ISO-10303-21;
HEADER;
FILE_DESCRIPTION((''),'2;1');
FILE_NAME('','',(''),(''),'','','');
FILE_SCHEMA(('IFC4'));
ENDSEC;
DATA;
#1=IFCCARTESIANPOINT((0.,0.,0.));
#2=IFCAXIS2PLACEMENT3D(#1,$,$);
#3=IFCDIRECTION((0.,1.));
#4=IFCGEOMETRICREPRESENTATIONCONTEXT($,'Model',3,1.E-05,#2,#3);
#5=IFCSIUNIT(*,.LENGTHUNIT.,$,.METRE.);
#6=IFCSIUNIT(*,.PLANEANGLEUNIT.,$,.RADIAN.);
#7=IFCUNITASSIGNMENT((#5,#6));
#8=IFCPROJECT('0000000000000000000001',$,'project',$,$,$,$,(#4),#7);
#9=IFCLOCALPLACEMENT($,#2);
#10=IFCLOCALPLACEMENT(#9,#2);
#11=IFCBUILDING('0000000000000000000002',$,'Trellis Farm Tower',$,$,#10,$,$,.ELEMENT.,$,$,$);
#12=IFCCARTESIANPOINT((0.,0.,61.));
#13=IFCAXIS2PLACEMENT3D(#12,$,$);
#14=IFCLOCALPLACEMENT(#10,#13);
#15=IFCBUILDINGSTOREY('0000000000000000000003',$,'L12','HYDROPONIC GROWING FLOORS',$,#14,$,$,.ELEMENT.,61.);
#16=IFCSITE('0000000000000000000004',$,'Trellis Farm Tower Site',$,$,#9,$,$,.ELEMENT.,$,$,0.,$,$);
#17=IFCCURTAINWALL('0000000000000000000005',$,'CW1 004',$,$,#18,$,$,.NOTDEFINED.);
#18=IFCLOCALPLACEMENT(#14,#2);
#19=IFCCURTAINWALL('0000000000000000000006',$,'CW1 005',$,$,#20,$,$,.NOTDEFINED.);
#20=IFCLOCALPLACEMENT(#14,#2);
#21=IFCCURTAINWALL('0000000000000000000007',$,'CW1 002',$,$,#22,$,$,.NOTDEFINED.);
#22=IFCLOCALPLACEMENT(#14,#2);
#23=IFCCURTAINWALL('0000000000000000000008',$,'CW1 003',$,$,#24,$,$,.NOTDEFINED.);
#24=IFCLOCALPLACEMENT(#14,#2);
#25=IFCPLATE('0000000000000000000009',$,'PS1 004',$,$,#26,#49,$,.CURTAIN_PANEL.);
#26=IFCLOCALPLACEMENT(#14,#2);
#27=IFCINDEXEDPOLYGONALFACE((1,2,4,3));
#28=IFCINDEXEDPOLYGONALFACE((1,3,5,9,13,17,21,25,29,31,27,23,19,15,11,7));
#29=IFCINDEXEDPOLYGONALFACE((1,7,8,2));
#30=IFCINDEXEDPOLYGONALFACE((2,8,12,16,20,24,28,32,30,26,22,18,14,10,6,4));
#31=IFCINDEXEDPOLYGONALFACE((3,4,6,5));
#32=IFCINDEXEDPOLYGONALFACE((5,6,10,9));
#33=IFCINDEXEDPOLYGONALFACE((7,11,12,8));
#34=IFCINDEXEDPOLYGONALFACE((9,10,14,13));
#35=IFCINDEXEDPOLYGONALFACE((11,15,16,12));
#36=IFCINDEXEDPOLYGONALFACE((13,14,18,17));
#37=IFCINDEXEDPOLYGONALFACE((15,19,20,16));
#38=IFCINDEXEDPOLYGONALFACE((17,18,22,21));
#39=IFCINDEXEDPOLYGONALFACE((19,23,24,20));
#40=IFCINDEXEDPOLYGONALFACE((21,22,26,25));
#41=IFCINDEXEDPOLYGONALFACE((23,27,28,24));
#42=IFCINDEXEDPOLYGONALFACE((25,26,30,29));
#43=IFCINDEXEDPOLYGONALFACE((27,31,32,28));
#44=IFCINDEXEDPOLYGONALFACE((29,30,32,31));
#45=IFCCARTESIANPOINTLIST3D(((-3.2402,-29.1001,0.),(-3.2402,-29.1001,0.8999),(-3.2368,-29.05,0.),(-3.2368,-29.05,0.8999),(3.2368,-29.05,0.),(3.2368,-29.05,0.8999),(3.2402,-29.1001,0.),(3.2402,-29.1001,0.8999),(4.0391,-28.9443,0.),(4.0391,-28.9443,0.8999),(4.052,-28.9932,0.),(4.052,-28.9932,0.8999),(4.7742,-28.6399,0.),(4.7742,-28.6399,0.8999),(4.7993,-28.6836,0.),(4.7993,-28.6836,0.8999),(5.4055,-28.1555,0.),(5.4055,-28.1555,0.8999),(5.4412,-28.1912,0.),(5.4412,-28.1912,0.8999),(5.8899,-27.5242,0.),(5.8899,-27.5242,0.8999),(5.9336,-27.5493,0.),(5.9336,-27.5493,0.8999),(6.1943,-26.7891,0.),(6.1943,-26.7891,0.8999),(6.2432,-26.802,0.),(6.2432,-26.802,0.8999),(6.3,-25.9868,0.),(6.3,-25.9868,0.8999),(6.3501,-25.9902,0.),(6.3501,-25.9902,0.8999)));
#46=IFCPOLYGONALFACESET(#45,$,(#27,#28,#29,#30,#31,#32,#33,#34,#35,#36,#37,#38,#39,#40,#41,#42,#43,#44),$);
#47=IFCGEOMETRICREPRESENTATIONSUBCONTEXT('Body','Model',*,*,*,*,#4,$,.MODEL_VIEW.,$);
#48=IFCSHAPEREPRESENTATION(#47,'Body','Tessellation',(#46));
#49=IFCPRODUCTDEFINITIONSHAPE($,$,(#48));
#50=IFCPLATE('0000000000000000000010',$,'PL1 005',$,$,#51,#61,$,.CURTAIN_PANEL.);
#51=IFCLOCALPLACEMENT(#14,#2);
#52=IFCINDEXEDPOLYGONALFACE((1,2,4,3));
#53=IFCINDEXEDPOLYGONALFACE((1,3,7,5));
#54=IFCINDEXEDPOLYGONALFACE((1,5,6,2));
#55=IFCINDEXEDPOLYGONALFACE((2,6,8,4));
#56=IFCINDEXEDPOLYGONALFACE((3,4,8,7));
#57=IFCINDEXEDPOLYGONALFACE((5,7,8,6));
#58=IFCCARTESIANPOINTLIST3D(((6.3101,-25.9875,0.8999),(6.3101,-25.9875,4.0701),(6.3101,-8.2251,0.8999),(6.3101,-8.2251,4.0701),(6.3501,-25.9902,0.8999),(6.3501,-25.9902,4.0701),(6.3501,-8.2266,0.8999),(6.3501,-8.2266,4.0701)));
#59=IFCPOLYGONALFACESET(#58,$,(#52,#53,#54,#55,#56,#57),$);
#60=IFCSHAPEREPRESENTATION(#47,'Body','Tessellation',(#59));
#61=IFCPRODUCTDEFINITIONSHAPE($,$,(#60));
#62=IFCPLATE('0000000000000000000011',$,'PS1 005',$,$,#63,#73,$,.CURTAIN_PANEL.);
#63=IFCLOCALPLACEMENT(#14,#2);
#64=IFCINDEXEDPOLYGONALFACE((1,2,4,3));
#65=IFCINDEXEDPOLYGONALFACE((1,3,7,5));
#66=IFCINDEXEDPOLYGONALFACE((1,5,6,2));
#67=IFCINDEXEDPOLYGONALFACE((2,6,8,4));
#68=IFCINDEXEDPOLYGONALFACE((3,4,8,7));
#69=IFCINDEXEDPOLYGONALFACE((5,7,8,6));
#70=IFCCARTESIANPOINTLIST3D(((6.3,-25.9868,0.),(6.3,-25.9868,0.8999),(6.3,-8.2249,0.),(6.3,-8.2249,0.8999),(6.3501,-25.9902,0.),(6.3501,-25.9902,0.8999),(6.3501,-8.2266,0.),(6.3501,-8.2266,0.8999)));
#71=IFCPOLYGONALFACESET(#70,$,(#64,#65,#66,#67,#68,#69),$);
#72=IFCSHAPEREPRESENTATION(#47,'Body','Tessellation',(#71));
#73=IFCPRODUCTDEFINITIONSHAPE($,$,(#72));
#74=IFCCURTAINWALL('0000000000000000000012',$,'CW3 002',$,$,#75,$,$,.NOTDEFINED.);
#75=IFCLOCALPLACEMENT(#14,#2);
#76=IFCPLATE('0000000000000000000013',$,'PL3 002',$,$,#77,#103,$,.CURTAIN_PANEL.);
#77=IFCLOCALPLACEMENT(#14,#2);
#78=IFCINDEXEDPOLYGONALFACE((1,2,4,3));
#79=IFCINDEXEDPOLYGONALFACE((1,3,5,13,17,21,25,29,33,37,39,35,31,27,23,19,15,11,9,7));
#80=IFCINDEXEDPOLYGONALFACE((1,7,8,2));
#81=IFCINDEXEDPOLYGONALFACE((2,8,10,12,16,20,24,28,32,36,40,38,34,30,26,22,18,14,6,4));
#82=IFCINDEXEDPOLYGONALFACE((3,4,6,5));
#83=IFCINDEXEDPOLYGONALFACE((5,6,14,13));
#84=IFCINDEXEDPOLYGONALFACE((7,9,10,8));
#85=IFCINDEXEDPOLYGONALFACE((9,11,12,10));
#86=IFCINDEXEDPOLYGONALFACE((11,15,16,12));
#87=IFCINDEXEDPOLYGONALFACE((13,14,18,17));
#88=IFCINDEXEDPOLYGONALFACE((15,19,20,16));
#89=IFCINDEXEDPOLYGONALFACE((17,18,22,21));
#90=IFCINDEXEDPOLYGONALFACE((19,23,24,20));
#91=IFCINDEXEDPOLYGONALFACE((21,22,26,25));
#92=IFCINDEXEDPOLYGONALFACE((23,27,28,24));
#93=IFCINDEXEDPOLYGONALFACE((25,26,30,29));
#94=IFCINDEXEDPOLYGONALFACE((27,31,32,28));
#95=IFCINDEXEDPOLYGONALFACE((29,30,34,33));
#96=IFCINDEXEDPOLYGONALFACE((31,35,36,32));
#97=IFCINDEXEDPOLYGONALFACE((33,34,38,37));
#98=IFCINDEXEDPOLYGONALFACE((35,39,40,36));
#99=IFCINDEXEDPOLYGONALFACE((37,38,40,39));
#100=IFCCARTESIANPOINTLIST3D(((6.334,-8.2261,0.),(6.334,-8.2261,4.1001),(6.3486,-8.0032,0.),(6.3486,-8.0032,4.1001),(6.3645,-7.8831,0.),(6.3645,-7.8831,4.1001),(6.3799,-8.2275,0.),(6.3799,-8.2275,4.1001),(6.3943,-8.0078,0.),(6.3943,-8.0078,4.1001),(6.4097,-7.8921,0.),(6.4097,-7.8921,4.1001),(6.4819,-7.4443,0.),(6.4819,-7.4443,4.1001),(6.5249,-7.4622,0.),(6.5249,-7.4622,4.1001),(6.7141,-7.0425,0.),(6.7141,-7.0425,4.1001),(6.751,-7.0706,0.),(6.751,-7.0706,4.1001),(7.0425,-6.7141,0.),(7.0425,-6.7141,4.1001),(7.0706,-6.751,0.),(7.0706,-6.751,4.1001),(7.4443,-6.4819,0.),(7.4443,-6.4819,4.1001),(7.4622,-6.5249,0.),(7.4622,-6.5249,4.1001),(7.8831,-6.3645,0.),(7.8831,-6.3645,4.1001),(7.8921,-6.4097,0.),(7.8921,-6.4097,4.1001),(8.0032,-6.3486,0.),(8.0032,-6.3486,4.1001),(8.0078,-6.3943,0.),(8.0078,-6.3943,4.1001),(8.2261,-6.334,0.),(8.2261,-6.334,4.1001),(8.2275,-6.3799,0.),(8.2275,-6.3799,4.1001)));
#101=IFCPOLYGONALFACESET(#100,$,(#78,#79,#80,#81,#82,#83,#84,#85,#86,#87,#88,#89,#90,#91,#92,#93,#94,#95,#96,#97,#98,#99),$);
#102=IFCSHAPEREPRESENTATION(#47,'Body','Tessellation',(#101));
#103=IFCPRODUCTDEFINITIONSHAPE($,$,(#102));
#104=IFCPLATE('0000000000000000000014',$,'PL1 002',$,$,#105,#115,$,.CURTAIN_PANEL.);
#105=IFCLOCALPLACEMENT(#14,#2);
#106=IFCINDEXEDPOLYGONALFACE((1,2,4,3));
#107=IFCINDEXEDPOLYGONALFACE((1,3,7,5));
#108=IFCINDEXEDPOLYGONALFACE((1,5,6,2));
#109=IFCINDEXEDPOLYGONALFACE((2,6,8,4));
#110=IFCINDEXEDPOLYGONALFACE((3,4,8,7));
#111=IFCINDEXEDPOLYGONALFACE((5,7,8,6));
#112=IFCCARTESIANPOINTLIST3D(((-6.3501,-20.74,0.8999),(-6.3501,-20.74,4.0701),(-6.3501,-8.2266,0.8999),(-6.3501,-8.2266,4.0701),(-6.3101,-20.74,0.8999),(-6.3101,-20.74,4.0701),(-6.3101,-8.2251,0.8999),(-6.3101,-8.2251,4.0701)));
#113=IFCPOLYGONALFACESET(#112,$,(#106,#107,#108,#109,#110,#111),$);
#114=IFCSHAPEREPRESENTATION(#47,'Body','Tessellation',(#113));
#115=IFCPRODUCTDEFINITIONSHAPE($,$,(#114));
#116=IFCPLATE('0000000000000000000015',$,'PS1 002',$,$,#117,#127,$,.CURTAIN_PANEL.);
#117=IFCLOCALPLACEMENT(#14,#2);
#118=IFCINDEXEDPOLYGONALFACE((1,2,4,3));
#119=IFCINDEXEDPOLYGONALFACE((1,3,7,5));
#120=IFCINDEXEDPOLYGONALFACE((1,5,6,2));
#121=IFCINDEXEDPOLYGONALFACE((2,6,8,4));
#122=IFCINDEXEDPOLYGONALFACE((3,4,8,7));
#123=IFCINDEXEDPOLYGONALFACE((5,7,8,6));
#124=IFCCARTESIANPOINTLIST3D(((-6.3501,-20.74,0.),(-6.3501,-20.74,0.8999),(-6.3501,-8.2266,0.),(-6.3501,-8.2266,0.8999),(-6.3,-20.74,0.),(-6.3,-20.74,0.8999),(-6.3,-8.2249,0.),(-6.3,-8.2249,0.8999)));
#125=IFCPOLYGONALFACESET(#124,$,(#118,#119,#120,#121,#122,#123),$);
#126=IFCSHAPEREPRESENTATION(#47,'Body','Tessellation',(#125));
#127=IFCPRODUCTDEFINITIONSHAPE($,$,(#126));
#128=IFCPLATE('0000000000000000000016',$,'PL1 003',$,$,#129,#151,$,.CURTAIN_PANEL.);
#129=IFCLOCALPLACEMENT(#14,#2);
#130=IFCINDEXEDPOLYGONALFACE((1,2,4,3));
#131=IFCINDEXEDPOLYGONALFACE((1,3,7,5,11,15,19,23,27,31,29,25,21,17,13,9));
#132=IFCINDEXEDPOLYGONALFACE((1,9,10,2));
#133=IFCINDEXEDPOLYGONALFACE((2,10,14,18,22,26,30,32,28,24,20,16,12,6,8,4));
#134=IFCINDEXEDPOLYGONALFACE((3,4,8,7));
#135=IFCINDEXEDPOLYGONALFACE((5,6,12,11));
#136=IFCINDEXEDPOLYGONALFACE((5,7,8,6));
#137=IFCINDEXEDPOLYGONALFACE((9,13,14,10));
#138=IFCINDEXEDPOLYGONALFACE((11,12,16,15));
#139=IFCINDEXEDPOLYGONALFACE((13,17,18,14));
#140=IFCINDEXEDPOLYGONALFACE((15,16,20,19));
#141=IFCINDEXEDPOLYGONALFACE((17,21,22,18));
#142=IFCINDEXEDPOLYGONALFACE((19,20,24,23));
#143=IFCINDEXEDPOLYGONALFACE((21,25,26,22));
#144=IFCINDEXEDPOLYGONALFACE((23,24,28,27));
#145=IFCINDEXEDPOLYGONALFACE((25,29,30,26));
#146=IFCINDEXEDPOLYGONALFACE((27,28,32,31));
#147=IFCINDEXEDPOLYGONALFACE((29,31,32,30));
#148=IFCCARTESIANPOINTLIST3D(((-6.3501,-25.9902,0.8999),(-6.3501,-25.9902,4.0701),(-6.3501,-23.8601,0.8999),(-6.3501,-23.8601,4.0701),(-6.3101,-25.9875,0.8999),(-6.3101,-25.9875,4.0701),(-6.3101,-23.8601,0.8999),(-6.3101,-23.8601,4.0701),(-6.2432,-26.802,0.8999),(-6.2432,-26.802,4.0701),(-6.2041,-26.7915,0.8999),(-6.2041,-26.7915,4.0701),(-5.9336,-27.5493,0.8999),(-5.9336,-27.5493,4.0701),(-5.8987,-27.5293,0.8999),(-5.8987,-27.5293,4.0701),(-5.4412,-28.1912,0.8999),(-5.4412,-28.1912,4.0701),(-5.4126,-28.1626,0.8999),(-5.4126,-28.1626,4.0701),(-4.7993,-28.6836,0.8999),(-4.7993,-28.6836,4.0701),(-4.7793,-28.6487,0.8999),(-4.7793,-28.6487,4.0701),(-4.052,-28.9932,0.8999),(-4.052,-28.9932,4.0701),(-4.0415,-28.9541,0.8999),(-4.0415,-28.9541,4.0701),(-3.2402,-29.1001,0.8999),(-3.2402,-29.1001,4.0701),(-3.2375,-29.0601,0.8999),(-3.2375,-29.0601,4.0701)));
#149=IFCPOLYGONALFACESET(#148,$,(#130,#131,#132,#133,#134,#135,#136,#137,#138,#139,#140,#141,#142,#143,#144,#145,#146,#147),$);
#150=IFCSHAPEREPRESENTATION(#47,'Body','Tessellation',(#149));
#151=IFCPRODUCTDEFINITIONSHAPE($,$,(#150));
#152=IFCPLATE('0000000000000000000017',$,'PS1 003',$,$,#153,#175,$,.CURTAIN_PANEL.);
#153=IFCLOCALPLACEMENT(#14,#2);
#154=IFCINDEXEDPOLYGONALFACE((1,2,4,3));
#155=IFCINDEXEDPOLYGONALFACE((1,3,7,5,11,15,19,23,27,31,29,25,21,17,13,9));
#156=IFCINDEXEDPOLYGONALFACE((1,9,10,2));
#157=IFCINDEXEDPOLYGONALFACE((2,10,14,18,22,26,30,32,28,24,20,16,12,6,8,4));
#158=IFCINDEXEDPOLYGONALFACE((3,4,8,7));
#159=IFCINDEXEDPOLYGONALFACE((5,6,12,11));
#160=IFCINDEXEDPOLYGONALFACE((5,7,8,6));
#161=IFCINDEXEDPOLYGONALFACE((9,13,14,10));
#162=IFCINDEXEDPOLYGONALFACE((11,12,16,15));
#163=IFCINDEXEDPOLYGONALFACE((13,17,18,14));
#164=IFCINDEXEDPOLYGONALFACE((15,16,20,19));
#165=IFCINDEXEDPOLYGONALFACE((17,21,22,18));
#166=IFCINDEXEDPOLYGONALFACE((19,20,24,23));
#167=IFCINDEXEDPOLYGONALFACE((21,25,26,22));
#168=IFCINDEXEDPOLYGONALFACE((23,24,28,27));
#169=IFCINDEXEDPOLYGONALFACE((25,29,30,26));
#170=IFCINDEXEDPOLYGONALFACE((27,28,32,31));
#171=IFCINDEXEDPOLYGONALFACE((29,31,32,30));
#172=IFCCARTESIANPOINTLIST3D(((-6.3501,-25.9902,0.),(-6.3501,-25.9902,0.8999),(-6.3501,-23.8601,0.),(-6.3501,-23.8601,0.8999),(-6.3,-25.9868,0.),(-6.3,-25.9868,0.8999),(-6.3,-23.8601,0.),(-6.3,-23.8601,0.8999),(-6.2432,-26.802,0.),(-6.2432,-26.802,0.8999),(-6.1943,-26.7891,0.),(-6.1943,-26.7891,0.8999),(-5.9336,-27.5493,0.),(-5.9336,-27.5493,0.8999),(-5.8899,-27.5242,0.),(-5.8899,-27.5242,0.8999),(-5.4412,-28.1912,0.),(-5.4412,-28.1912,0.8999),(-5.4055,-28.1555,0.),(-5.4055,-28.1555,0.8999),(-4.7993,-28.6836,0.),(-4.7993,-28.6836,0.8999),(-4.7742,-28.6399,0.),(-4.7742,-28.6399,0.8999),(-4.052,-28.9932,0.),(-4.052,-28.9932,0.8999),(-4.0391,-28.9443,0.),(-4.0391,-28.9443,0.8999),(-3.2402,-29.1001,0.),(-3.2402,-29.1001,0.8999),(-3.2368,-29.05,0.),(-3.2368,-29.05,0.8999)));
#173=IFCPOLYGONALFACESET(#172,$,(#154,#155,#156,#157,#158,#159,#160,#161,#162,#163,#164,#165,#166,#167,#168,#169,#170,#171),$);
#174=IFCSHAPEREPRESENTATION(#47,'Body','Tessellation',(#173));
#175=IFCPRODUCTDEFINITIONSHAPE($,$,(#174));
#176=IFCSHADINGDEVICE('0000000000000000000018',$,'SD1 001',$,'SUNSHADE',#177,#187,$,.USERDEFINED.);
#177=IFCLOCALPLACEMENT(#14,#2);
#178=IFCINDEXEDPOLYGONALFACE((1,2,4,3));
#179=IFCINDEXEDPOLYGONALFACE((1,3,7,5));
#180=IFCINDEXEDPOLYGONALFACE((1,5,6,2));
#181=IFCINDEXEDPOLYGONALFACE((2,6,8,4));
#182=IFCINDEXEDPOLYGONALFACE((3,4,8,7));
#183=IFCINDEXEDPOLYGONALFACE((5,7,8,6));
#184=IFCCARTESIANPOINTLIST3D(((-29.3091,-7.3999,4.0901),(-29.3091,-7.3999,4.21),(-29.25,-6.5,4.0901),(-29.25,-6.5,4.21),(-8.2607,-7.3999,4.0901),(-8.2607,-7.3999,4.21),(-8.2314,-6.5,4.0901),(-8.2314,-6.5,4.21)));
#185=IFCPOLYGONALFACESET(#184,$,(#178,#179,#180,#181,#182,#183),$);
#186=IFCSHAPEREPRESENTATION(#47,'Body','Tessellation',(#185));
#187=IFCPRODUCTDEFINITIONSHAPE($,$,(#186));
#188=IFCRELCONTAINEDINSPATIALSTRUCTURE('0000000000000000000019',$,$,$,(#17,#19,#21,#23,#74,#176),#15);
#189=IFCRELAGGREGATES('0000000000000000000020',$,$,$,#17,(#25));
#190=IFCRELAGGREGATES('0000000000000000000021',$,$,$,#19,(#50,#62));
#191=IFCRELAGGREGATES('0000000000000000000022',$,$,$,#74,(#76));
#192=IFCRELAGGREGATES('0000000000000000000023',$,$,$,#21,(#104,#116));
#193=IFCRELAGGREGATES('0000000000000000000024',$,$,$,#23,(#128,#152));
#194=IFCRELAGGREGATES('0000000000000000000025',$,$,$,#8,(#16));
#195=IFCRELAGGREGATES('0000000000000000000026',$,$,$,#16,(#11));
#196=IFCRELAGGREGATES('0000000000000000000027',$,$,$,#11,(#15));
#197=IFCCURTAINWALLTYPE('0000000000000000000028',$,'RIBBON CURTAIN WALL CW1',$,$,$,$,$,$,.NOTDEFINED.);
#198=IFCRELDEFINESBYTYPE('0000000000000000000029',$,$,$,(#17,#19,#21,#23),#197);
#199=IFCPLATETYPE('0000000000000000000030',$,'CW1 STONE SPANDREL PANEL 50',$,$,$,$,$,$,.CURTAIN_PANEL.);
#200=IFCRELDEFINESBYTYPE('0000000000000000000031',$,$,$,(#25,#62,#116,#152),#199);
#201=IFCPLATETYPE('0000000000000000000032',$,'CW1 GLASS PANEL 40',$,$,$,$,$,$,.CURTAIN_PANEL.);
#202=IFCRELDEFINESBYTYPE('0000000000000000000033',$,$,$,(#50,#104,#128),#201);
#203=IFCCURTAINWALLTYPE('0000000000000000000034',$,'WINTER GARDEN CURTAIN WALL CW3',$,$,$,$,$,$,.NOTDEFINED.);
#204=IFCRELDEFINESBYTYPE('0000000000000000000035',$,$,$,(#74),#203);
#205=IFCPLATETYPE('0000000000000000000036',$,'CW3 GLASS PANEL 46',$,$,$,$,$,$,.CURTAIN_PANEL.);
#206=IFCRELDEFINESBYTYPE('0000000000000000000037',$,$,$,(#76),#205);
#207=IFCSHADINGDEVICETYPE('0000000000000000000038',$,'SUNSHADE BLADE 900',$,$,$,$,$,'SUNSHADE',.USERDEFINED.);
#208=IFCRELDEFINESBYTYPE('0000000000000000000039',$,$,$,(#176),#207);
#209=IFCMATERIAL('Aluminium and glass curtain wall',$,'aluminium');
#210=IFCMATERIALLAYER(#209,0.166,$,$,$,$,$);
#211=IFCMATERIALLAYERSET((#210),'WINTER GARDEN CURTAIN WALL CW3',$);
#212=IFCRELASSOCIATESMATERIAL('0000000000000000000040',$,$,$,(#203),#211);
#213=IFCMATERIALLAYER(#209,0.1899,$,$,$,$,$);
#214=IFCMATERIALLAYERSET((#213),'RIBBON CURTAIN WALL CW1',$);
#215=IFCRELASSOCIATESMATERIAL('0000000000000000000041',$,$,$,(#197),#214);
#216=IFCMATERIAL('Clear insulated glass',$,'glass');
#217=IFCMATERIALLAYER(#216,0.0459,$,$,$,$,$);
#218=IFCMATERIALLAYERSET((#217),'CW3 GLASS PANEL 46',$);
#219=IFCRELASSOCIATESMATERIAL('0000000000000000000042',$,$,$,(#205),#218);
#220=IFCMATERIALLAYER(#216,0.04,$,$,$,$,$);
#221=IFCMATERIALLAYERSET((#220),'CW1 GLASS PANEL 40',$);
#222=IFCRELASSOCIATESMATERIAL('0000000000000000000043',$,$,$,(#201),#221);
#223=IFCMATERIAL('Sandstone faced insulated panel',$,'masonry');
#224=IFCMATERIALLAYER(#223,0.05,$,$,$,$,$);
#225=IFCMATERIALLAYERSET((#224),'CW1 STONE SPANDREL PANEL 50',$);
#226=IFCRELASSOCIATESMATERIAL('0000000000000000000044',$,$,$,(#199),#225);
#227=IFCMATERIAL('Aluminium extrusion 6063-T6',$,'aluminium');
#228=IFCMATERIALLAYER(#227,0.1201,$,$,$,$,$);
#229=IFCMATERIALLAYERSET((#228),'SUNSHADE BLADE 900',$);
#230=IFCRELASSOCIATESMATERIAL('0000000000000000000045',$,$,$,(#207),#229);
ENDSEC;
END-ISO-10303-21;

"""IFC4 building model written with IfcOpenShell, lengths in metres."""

from ifc_helpers import new_model, si_unit, direction, frame, origin, place, context, subcontext, project, spatial, polyline, outline, extrude, source, transform, mapped, material, layer, layer_set, type_object, element, aggregate, save


model = new_model("IFC4")

# Units and contexts
model_context = context("Model", 3, precision=1e-05, world=origin(), true_north=direction((0.0, 1.0)))
body_context = subcontext(model_context, "Body", "Model", "MODEL_VIEW")
ifc_project = project(units=[si_unit("LENGTHUNIT", "METRE"), si_unit("PLANEANGLEUNIT", "RADIAN")], contexts=[model_context])

# Site, building, storey
site_placement = place(None, origin())
site = spatial("IfcSite", under=ifc_project, at=site_placement, Name="Trellis Farm Tower Site", CompositionType="ELEMENT", RefElevation=0.0)
building_placement = place(site_placement, origin())
building = spatial("IfcBuilding", under=site, at=building_placement, Name="Trellis Farm Tower", CompositionType="ELEMENT")
storey_placement = place(building_placement, frame((0.0, 0.0, 61.0)))
storey = spatial("IfcBuildingStorey", under=building, at=storey_placement, Name="L12", Description="HYDROPONIC GROWING FLOORS", CompositionType="ELEMENT", Elevation=61.0)

# Curtain walls
ifc_material_1 = material(Name="Aluminium and glass curtain wall", Category="aluminium")
ifc_layer_1 = layer(ifc_material_1, 0.166)
ifc_layer_set_1 = layer_set([ifc_layer_1], Name="WINTER GARDEN CURTAIN WALL CW3")
curtain_wall_type_1 = type_object("IfcCurtainWallType", Name="WINTER GARDEN CURTAIN WALL CW3", PredefinedType="NOTDEFINED", material=ifc_layer_set_1)
placement_1 = place(storey_placement, origin())
ifc_material_2 = material(Name="Aluminium extrusion 6063-T6", Category="aluminium")
ifc_layer_2 = layer(ifc_material_1, 0.1899)
ifc_layer_set_2 = layer_set([ifc_layer_2], Name="RIBBON CURTAIN WALL CW1")
curtain_wall_type_2 = type_object("IfcCurtainWallType", Name="RIBBON CURTAIN WALL CW1", PredefinedType="NOTDEFINED", material=ifc_layer_set_2)
curtain_wall_1 = element("IfcCurtainWall", 1, at=placement_1, inside=storey, type_object=curtain_wall_type_2, Name="CW1 004", PredefinedType="NOTDEFINED")
curtain_wall_2 = element("IfcCurtainWall", 2, at=placement_1, inside=storey, type_object=curtain_wall_type_2, Name="CW1 005", PredefinedType="NOTDEFINED")
curtain_wall_3 = element("IfcCurtainWall", 3, at=placement_1, inside=storey, type_object=curtain_wall_type_2, Name="CW1 002", PredefinedType="NOTDEFINED")
curtain_wall_4 = element("IfcCurtainWall", 4, at=placement_1, inside=storey, type_object=curtain_wall_type_2, Name="CW1 003", PredefinedType="NOTDEFINED")

# Plates
ifc_material_3 = material(Name="Clear insulated glass", Category="glass")
ifc_layer_3 = layer(ifc_material_3, 0.0459)
ifc_layer_set_3 = layer_set([ifc_layer_3], Name="CW3 GLASS PANEL 46")
plate_type_1 = type_object("IfcPlateType", Name="CW3 GLASS PANEL 46", PredefinedType="CURTAIN_PANEL", material=ifc_layer_set_3)
ifc_layer_4 = layer(ifc_material_3, 0.04)
ifc_layer_set_4 = layer_set([ifc_layer_4], Name="CW1 GLASS PANEL 40")
plate_type_2 = type_object("IfcPlateType", Name="CW1 GLASS PANEL 40", PredefinedType="CURTAIN_PANEL", material=ifc_layer_set_4)
placement_2 = place(storey_placement, frame((0.0, 0.0, 0.8999)))
ifc_material_4 = material(Name="Sandstone faced insulated panel", Category="masonry")
ifc_layer_5 = layer(ifc_material_4, 0.05)
ifc_layer_set_5 = layer_set([ifc_layer_5], Name="CW1 STONE SPANDREL PANEL 50")
plate_type_3 = type_object("IfcPlateType", Name="CW1 STONE SPANDREL PANEL 50", PredefinedType="CURTAIN_PANEL", material=ifc_layer_set_5)
shared_shape_1 = source(origin(), body_context, "Body", "SweptSolid", [
    extrude(outline(polyline([(-3.2402, -29.1001), (3.2402, -29.1001), (4.052, -28.9932), (4.7993, -28.6836), (5.4412, -28.1912), (5.9336, -27.5493), (6.2432, -26.802), (6.3501, -25.9902), (6.3, -25.9868), (6.1943, -26.7891), (5.8899, -27.5242), (5.4055, -28.1555), (4.7742, -28.6399), (4.0391, -28.9443), (3.2368, -29.05), (-3.2368, -29.05), (-3.2402, -29.1001)])), origin(), (0.0, 0.0, 1.0), 0.8999),
])
plate_1 = element("IfcPlate", 5, at=placement_1, type_object=plate_type_3, Name="PS1 004", PredefinedType="CURTAIN_PANEL", context=body_context, shape_type="MappedRepresentation", body=[
    mapped(shared_shape_1, transform((0.0, 0.0, 0.0))),
])
aggregate(curtain_wall_1, [plate_1])
shared_shape_2 = source(origin(), body_context, "Body", "SweptSolid", [
    extrude(outline(polyline([(6.3501, -25.9902), (6.3501, -8.2266), (6.3101, -8.2251), (6.3101, -25.9875), (6.3501, -25.9902)])), origin(), (0.0, 0.0, 1.0), 3.1702),
])
plate_2 = element("IfcPlate", 6, at=placement_2, type_object=plate_type_2, Name="PL1 005", PredefinedType="CURTAIN_PANEL", context=body_context, shape_type="MappedRepresentation", body=[
    mapped(shared_shape_2, transform((0.0, 0.0, 0.0))),
])
shared_shape_3 = source(origin(), body_context, "Body", "SweptSolid", [
    extrude(outline(polyline([(6.3501, -25.9902), (6.3501, -8.2266), (6.3, -8.2249), (6.3, -25.9868), (6.3501, -25.9902)])), origin(), (0.0, 0.0, 1.0), 0.8999),
])
plate_3 = element("IfcPlate", 7, at=placement_1, type_object=plate_type_3, Name="PS1 005", PredefinedType="CURTAIN_PANEL", context=body_context, shape_type="MappedRepresentation", body=[
    mapped(shared_shape_3, transform((0.0, 0.0, 0.0))),
])
aggregate(curtain_wall_2, [plate_2, plate_3])

# Curtain wall, plate
curtain_wall_5 = element("IfcCurtainWall", 8, at=placement_1, inside=storey, type_object=curtain_wall_type_1, Name="CW3 002", PredefinedType="NOTDEFINED")
shared_shape_4 = source(origin(), body_context, "Body", "SweptSolid", [
    extrude(outline(polyline([(6.3799, -8.2275), (6.3943, -8.0078), (6.4097, -7.8921), (6.5249, -7.4622), (6.751, -7.0706), (7.0706, -6.751), (7.4622, -6.5249), (7.8921, -6.4097), (8.0078, -6.3943), (8.2275, -6.3799), (8.2261, -6.334), (8.0032, -6.3486), (7.8831, -6.3645), (7.4443, -6.4819), (7.0425, -6.7141), (6.7141, -7.0425), (6.4819, -7.4443), (6.3645, -7.8831), (6.3486, -8.0032), (6.334, -8.2261), (6.3799, -8.2275)])), origin(), (0.0, 0.0, 1.0), 4.1001),
])
plate_4 = element("IfcPlate", 9, at=placement_1, type_object=plate_type_1, Name="PL3 002", PredefinedType="CURTAIN_PANEL", context=body_context, shape_type="MappedRepresentation", body=[
    mapped(shared_shape_4, transform((0.0, 0.0, 0.0))),
])
aggregate(curtain_wall_5, [plate_4])

# Plates
shared_shape_5 = source(origin(), body_context, "Body", "SweptSolid", [
    extrude(outline(polyline([(-6.3501, -8.2266), (-6.3501, -20.74), (-6.3101, -20.74), (-6.3101, -8.2251), (-6.3501, -8.2266)])), origin(), (0.0, 0.0, 1.0), 3.1702),
])
plate_5 = element("IfcPlate", 10, at=placement_2, type_object=plate_type_2, Name="PL1 002", PredefinedType="CURTAIN_PANEL", context=body_context, shape_type="MappedRepresentation", body=[
    mapped(shared_shape_5, transform((0.0, 0.0, 0.0))),
])
shared_shape_6 = source(origin(), body_context, "Body", "SweptSolid", [
    extrude(outline(polyline([(-6.3501, -8.2266), (-6.3501, -20.74), (-6.3, -20.74), (-6.3, -8.2249), (-6.3501, -8.2266)])), origin(), (0.0, 0.0, 1.0), 0.8999),
])
plate_6 = element("IfcPlate", 11, at=placement_1, type_object=plate_type_3, Name="PS1 002", PredefinedType="CURTAIN_PANEL", context=body_context, shape_type="MappedRepresentation", body=[
    mapped(shared_shape_6, transform((0.0, 0.0, 0.0))),
])
aggregate(curtain_wall_3, [plate_5, plate_6])
shared_shape_7 = source(origin(), body_context, "Body", "SweptSolid", [
    extrude(outline(polyline([(-6.3501, -23.8601), (-6.3501, -25.9902), (-6.2432, -26.802), (-5.9336, -27.5493), (-5.4412, -28.1912), (-4.7993, -28.6836), (-4.052, -28.9932), (-3.2402, -29.1001), (-3.2375, -29.0601), (-4.0415, -28.9541), (-4.7793, -28.6487), (-5.4126, -28.1626), (-5.8987, -27.5293), (-6.2041, -26.7915), (-6.3101, -25.9875), (-6.3101, -23.8601), (-6.3501, -23.8601)])), origin(), (0.0, 0.0, 1.0), 3.1702),
])
plate_7 = element("IfcPlate", 12, at=placement_2, type_object=plate_type_2, Name="PL1 003", PredefinedType="CURTAIN_PANEL", context=body_context, shape_type="MappedRepresentation", body=[
    mapped(shared_shape_7, transform((0.0, 0.0, 0.0))),
])
shared_shape_8 = source(origin(), body_context, "Body", "SweptSolid", [
    extrude(outline(polyline([(-6.3501, -23.8601), (-6.3501, -25.9902), (-6.2432, -26.802), (-5.9336, -27.5493), (-5.4412, -28.1912), (-4.7993, -28.6836), (-4.052, -28.9932), (-3.2402, -29.1001), (-3.2368, -29.05), (-4.0391, -28.9443), (-4.7742, -28.6399), (-5.4055, -28.1555), (-5.8899, -27.5242), (-6.1943, -26.7891), (-6.3, -25.9868), (-6.3, -23.8601), (-6.3501, -23.8601)])), origin(), (0.0, 0.0, 1.0), 0.8999),
])
plate_8 = element("IfcPlate", 13, at=placement_1, type_object=plate_type_3, Name="PS1 003", PredefinedType="CURTAIN_PANEL", context=body_context, shape_type="MappedRepresentation", body=[
    mapped(shared_shape_8, transform((0.0, 0.0, 0.0))),
])
aggregate(curtain_wall_4, [plate_7, plate_8])

# Shading device
ifc_layer_6 = layer(ifc_material_2, 0.1201)
ifc_layer_set_6 = layer_set([ifc_layer_6], Name="SUNSHADE BLADE 900")
shading_device_type_1 = type_object("IfcShadingDeviceType", Name="SUNSHADE BLADE 900", ElementType="SUNSHADE", PredefinedType="USERDEFINED", material=ifc_layer_set_6)
shared_shape_9 = source(origin(), body_context, "Body", "SweptSolid", [
    extrude(outline(polyline([(-29.3091, -7.3999), (-8.2607, -7.3999), (-8.2314, -6.5), (-29.25, -6.5), (-29.3091, -7.3999)])), origin(), (0.0, 0.0, 1.0), 0.1199),
])
placement_3 = place(storey_placement, frame((0.0, 0.0, 4.0901)))
element("IfcShadingDevice", 14, at=placement_3, inside=storey, type_object=shading_device_type_1, Name="SD1 001", ObjectType="SUNSHADE", PredefinedType="USERDEFINED", context=body_context, shape_type="MappedRepresentation", body=[
    mapped(shared_shape_9, transform((0.0, 0.0, 0.0))),
])

save(model, "model.ifc")
